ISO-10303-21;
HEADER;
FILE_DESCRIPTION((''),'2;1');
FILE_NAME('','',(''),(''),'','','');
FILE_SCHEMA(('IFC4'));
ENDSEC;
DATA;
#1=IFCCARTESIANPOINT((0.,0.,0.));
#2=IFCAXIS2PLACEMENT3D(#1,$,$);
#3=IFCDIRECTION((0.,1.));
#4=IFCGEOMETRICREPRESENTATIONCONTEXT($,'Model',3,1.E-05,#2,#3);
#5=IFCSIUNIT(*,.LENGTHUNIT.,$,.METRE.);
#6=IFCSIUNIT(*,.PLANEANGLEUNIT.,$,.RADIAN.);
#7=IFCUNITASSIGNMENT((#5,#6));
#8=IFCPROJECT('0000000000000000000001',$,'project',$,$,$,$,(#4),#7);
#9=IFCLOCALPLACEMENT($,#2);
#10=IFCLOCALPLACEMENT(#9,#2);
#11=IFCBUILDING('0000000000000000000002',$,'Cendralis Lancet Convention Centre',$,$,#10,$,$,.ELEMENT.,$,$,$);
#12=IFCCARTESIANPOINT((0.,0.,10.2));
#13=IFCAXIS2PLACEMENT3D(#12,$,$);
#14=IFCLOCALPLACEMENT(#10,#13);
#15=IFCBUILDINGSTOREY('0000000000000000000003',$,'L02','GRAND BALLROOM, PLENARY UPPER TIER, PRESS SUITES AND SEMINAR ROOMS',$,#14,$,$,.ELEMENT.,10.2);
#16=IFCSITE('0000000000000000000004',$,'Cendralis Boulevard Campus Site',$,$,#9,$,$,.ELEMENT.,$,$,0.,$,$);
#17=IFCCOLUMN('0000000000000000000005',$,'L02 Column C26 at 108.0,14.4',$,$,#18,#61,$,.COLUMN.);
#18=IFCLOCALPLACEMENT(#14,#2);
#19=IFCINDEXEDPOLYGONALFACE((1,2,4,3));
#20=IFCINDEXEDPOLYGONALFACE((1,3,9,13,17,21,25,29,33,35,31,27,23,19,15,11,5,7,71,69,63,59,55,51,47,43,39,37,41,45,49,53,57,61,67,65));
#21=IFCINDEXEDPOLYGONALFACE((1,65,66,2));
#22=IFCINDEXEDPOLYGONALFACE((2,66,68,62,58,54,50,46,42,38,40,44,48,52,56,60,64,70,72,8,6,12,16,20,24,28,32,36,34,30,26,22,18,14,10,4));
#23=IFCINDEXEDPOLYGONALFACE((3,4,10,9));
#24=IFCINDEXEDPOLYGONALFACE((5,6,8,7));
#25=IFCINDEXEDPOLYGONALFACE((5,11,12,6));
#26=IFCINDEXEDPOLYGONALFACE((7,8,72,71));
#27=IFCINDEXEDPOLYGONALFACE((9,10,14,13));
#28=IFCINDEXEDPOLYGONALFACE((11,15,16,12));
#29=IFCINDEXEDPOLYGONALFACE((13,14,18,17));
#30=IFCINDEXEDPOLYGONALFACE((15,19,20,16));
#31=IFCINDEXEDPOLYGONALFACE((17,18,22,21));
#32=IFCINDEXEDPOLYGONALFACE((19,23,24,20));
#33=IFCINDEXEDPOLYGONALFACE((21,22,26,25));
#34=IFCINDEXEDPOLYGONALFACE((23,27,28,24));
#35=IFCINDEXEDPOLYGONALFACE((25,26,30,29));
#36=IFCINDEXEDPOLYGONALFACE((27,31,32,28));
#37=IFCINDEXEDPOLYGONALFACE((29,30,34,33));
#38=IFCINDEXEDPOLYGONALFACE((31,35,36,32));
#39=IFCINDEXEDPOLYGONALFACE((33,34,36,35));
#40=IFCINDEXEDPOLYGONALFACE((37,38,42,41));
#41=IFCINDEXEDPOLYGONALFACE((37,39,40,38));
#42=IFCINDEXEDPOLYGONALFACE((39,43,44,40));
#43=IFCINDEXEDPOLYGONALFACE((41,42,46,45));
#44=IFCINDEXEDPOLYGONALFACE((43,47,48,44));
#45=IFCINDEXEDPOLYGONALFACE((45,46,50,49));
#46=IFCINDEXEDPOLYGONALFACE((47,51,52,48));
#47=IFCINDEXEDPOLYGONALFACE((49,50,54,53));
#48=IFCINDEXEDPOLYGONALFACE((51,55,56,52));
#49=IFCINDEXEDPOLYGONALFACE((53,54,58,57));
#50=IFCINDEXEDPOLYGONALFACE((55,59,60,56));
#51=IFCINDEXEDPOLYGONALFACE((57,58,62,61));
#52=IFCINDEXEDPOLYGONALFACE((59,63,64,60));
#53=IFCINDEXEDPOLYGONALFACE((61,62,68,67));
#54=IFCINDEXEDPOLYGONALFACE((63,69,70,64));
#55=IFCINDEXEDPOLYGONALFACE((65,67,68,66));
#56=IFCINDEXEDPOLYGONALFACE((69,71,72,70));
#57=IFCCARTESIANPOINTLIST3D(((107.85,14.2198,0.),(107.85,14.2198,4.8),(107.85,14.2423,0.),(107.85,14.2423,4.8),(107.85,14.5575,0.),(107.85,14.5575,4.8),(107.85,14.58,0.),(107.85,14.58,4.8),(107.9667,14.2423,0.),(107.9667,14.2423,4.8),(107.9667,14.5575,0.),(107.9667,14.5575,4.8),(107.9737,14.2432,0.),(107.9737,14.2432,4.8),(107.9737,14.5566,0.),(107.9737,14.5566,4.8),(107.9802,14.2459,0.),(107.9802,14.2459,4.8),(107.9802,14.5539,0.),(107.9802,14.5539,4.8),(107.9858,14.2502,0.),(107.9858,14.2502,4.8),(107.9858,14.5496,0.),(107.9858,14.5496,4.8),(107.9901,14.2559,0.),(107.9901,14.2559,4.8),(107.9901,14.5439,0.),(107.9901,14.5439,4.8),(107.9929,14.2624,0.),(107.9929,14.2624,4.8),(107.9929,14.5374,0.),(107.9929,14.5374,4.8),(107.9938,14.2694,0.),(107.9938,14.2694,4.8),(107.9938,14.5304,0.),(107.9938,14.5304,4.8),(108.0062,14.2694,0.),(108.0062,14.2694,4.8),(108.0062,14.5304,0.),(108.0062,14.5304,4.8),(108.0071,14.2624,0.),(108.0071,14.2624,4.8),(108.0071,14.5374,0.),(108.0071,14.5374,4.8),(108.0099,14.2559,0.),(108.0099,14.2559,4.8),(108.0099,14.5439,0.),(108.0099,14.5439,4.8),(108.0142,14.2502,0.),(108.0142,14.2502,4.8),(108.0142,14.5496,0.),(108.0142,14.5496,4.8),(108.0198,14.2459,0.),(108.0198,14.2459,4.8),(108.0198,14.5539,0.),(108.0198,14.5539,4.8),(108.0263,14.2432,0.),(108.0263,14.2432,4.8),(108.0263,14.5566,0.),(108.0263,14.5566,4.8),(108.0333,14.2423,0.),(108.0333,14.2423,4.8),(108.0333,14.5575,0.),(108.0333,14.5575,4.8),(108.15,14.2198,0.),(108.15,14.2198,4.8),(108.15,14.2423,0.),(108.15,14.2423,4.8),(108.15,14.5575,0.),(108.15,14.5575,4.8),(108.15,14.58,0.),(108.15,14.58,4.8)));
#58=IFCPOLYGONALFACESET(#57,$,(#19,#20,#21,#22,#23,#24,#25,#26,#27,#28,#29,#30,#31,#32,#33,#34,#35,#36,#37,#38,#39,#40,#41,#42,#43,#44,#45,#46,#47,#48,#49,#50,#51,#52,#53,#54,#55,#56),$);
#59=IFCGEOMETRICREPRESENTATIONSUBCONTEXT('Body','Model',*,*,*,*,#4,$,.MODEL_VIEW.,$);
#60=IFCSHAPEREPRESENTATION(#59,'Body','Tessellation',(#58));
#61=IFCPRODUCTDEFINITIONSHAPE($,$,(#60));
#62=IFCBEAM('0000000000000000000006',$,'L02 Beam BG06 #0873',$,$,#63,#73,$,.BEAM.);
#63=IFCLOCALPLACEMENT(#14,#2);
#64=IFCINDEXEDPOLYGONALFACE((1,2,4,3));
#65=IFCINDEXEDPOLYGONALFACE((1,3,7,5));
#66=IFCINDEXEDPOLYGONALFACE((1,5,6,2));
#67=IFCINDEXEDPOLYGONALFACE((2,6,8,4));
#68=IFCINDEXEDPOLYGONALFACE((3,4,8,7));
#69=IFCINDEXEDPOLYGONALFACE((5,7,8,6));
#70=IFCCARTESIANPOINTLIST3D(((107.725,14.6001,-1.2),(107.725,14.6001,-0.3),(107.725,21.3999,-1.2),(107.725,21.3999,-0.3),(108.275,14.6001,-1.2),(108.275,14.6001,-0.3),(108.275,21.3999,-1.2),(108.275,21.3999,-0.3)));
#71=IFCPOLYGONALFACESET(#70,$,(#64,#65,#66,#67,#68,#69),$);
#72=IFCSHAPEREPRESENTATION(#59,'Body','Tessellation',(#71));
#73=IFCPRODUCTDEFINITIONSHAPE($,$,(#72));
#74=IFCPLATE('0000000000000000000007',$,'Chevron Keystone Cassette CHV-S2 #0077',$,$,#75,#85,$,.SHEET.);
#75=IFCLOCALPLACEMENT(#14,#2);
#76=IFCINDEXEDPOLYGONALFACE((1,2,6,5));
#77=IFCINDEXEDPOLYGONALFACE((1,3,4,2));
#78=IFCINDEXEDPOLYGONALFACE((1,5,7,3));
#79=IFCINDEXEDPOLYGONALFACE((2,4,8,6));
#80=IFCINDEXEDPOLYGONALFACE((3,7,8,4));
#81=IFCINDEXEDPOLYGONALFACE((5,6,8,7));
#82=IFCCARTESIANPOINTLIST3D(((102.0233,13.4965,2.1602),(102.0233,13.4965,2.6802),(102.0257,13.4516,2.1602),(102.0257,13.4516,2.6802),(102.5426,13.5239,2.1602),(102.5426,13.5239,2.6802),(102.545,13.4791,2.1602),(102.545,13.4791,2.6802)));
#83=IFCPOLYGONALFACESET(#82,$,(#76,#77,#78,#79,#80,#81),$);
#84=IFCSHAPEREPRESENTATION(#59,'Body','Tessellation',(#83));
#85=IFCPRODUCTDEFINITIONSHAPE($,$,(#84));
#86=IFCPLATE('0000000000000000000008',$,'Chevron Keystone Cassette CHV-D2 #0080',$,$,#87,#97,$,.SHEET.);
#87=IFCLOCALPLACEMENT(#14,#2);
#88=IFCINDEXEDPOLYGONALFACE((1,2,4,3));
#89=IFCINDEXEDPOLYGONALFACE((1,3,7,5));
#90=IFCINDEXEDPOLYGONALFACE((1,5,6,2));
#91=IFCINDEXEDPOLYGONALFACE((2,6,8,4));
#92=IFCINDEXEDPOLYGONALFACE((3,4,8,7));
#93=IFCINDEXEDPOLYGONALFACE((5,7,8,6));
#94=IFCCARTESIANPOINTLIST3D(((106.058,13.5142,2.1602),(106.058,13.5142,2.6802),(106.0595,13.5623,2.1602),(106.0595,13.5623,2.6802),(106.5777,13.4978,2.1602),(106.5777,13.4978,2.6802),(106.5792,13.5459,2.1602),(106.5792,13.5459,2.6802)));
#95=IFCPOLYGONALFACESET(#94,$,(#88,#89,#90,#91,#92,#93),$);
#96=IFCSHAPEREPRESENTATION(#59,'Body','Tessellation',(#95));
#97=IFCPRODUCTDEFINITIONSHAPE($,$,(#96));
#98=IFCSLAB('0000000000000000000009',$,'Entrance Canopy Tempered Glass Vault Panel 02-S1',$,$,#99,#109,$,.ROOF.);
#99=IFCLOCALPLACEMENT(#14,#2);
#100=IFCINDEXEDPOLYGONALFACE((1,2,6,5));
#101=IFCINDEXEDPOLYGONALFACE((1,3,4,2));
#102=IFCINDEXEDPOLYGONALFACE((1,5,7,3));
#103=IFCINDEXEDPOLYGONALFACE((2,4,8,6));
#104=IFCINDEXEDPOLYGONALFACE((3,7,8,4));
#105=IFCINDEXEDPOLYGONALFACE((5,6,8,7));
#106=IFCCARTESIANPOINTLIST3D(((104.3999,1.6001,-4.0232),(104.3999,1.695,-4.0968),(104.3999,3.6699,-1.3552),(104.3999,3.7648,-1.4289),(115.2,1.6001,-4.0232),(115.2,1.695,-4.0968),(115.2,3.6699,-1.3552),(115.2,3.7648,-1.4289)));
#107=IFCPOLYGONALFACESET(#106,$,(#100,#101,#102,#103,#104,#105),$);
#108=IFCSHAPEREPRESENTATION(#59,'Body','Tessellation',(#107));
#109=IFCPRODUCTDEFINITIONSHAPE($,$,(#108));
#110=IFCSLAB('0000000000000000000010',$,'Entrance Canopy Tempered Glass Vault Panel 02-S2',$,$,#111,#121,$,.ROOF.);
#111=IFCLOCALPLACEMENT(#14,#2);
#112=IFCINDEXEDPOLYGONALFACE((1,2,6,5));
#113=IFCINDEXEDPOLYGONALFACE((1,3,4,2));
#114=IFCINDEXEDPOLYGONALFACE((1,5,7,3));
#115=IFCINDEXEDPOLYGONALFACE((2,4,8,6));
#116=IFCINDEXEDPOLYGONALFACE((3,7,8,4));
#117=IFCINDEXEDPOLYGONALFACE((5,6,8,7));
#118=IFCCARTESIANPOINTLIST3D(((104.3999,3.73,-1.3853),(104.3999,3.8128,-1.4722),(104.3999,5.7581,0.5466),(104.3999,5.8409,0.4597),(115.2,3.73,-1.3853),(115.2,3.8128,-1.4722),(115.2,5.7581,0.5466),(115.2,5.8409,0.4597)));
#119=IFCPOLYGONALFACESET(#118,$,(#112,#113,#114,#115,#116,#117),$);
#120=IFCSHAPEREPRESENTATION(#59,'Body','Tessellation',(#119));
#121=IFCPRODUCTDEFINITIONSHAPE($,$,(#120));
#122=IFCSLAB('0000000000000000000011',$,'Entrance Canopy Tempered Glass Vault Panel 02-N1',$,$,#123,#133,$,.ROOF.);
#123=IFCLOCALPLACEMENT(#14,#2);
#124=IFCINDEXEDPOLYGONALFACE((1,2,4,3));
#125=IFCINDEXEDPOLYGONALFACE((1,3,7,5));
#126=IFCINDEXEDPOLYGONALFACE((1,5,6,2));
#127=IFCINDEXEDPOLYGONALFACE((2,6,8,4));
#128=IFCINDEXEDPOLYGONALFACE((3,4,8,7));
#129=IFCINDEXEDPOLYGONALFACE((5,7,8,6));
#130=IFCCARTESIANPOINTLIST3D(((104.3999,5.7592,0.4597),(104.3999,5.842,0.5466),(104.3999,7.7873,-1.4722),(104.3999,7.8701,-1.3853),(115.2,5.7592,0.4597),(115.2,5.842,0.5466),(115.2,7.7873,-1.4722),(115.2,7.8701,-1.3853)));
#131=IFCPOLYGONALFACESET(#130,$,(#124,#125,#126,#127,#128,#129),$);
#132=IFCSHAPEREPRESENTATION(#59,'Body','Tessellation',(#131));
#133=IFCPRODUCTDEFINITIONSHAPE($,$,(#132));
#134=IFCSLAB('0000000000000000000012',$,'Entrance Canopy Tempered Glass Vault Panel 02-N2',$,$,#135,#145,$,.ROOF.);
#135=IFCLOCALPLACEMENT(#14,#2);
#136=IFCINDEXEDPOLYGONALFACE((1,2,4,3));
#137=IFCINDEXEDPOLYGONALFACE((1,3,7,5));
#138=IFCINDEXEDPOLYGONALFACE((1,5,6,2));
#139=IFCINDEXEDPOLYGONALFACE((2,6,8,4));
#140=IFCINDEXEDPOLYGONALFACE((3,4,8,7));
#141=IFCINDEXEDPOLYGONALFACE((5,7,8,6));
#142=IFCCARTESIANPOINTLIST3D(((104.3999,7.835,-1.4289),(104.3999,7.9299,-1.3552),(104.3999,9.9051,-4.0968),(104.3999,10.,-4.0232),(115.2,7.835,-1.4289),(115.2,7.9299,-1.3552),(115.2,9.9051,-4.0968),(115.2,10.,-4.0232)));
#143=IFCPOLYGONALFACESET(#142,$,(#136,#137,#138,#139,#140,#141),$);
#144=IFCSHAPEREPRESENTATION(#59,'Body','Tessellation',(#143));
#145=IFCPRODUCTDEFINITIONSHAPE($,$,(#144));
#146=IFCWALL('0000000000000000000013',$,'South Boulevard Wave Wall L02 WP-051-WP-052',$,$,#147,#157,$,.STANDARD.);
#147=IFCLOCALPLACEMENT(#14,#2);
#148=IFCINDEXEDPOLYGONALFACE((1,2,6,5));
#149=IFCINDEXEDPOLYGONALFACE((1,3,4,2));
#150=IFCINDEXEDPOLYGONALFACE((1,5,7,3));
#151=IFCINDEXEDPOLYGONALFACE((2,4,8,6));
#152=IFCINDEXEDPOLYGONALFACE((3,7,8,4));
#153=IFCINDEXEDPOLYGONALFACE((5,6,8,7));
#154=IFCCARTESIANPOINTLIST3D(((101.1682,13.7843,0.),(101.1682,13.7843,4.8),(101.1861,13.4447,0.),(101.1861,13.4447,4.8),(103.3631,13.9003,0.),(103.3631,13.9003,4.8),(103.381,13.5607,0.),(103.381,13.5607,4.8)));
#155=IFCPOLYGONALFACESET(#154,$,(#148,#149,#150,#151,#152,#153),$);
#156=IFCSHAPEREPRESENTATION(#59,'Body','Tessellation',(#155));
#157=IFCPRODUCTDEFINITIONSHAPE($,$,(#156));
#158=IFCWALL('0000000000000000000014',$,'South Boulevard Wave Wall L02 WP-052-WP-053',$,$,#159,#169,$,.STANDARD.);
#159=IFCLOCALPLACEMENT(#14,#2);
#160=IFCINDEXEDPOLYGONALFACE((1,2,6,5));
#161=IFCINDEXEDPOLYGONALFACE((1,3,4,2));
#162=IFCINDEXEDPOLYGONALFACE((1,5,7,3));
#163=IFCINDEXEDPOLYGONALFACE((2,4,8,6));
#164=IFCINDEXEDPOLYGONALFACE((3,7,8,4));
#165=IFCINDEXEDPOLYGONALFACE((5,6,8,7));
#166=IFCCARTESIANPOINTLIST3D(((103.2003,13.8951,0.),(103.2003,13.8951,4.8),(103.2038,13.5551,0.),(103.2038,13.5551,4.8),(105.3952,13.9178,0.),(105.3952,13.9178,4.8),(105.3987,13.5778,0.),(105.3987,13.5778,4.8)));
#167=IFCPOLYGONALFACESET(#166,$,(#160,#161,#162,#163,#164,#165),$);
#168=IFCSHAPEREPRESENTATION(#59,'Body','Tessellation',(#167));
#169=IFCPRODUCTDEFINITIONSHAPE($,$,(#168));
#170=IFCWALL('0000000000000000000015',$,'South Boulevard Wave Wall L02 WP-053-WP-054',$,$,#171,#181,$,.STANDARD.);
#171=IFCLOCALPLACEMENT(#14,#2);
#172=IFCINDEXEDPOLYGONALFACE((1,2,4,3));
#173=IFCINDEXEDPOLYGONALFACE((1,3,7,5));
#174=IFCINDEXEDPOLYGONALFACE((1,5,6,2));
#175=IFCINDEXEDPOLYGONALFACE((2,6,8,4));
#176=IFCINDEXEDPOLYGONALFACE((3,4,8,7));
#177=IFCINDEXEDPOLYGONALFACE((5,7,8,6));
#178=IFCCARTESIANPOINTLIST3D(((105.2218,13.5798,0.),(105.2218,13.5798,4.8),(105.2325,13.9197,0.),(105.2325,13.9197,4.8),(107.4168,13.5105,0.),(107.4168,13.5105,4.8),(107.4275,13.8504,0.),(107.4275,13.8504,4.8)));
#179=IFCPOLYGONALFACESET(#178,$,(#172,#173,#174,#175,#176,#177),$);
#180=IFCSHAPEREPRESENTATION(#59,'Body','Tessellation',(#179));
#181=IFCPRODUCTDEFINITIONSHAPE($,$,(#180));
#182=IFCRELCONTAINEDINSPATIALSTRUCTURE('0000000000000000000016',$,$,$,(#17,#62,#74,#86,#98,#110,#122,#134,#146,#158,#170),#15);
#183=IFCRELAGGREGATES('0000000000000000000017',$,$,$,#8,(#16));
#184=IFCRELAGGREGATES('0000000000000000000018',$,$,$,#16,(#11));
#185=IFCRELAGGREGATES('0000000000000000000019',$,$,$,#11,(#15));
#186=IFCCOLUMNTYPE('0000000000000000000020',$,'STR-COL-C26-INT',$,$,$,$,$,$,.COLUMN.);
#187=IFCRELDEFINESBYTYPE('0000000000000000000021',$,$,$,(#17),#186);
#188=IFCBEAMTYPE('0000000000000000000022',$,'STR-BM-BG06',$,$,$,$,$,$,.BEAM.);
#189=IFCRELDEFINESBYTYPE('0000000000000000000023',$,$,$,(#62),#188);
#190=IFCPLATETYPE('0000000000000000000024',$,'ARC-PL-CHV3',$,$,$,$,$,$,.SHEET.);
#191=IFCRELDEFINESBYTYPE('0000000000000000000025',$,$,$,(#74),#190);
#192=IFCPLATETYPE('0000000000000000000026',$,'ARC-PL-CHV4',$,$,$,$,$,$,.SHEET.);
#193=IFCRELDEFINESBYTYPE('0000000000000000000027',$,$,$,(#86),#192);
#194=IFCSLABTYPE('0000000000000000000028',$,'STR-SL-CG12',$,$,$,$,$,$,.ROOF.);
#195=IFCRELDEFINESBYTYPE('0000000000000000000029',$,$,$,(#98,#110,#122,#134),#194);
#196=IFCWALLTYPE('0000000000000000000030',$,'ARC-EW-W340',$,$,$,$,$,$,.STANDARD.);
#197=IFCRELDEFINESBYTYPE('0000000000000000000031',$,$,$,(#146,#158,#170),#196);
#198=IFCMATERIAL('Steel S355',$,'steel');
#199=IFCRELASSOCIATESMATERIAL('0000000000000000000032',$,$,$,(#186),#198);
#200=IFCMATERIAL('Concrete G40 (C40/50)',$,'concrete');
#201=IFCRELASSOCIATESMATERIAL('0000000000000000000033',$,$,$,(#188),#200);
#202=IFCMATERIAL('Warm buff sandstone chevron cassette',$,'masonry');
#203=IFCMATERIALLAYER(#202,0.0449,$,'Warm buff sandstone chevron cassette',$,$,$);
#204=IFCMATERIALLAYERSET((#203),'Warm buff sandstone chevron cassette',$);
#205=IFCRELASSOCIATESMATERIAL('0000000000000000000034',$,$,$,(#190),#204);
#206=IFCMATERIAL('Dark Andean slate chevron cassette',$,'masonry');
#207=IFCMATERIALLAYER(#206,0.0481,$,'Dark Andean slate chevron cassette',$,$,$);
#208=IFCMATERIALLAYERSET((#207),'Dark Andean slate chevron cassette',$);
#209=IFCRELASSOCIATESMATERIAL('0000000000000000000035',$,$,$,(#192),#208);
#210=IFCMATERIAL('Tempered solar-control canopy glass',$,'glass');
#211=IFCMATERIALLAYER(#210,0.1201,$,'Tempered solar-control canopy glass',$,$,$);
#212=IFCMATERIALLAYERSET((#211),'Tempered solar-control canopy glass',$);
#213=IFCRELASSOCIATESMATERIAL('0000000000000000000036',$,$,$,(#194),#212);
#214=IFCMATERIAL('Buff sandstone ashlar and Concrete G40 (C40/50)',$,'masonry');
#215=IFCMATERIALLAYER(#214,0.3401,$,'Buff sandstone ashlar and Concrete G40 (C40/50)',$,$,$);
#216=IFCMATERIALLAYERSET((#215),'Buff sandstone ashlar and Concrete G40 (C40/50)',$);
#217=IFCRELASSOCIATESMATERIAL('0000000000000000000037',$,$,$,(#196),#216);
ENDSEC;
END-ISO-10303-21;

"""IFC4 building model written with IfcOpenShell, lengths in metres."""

from ifc_helpers import new_model, si_unit, direction, frame, frame_2d, origin, origin_2d, place, context, subcontext, project, spatial, polyline, rectangle, i_section, outline, extrude, material, layer, layer_set, material_profile, profile_set, type_object, element, save


model = new_model("IFC4")

# Units and contexts
model_context = context("Model", 3, precision=1e-05, world=origin(), true_north=direction((0.0, 1.0)))
body_context = subcontext(model_context, "Body", "Model", "MODEL_VIEW")
ifc_project = project(units=[si_unit("LENGTHUNIT", "METRE"), si_unit("PLANEANGLEUNIT", "RADIAN")], contexts=[model_context])

# Site, building, storey
site_placement = place(None, origin())
site = spatial("IfcSite", under=ifc_project, at=site_placement, Name="Cendralis Boulevard Campus Site", CompositionType="ELEMENT", RefElevation=0.0)
building_placement = place(site_placement, origin())
building = spatial("IfcBuilding", under=site, at=building_placement, Name="Cendralis Lancet Convention Centre", CompositionType="ELEMENT")
storey_placement = place(building_placement, frame((0.0, 0.0, 10.2)))
storey = spatial("IfcBuildingStorey", under=building, at=storey_placement, Name="L02", Description="GRAND BALLROOM, PLENARY UPPER TIER, PRESS SUITES AND SEMINAR ROOMS", CompositionType="ELEMENT", Elevation=10.2)

# Column
ifc_material_1 = material(Name="Steel S355", Category="steel")
ifc_material_profile_1 = material_profile(ifc_material_1, i_section(OverallWidth=0.3, OverallDepth=0.3601, WebThickness=0.0125, FlangeThickness=0.0225, FilletRadius=0.0271, at=origin_2d()), Name="HEB 360")
ifc_profile_set_1 = profile_set([ifc_material_profile_1], Name="Steel S355")
column_type = type_object("IfcColumnType", Name="STR-COL-C26-INT", PredefinedType="COLUMN", material=ifc_profile_set_1)
column_placement = place(storey_placement, frame((108.0, 14.3999, 0.0), z_axis=(0.0, 0.0, 1.0), x_axis=(1.0, 0.0, 0.0)))
element("IfcColumn", 1, at=column_placement, inside=storey, type_object=column_type, Name="L02 Column C26 at 108.0,14.4", PredefinedType="COLUMN", context=body_context, shape_type="SweptSolid", body=[
    extrude(i_section(OverallWidth=0.3, OverallDepth=0.3601, WebThickness=0.0125, FlangeThickness=0.0225, FilletRadius=0.0271, at=origin_2d()), origin(), (0.0, 0.0, 1.0), 4.8),
])

# Beam
ifc_material_2 = material(Name="Concrete G40 (C40/50)", Category="concrete")
ifc_material_profile_2 = material_profile(ifc_material_2, rectangle(XDim=0.55, YDim=0.8999, at=origin_2d()), Name="RCB 550x900")
ifc_profile_set_2 = profile_set([ifc_material_profile_2], Name="Concrete G40 (C40/50)")
beam_type = type_object("IfcBeamType", Name="STR-BM-BG06", PredefinedType="BEAM", material=ifc_profile_set_2)
beam_placement = place(storey_placement, frame((108.0, 14.6001, -0.75), z_axis=(0.0, 1.0, 0.0), x_axis=(-1.0, 0.0, 0.0)))
element("IfcBeam", 2, at=beam_placement, inside=storey, type_object=beam_type, Name="L02 Beam BG06 #0873", PredefinedType="BEAM", context=body_context, shape_type="SweptSolid", body=[
    extrude(rectangle(XDim=0.55, YDim=0.8999, at=origin_2d()), origin(), (0.0, 0.0, 1.0), 6.7998),
])

# Plates
ifc_material_3 = material(Name="Warm buff sandstone chevron cassette", Category="masonry")
ifc_layer_1 = layer(ifc_material_3, 0.0449, Name="Warm buff sandstone chevron cassette")
ifc_layer_set_1 = layer_set([ifc_layer_1], Name="Warm buff sandstone chevron cassette")
plate_type_1 = type_object("IfcPlateType", Name="ARC-PL-CHV3", PredefinedType="SHEET", material=ifc_layer_set_1)
plate_1_placement = place(storey_placement, frame((102.2842, 13.4878, 2.1602), z_axis=(0.0, 0.0, 1.0), x_axis=(0.998607, 0.052772, 0.0)))
element("IfcPlate", 3, at=plate_1_placement, inside=storey, type_object=plate_type_1, Name="Chevron Keystone Cassette CHV-S2 #0077", PredefinedType="SHEET", context=body_context, shape_type="SweptSolid", body=[
    extrude(rectangle(XDim=0.52, YDim=0.0449, at=origin_2d()), origin(), (0.0, 0.0, 1.0), 0.52),
])
ifc_material_4 = material(Name="Dark Andean slate chevron cassette", Category="masonry")
ifc_layer_2 = layer(ifc_material_4, 0.0481, Name="Dark Andean slate chevron cassette")
ifc_layer_set_2 = layer_set([ifc_layer_2], Name="Dark Andean slate chevron cassette")
plate_type_2 = type_object("IfcPlateType", Name="ARC-PL-CHV4", PredefinedType="SHEET", material=ifc_layer_set_2)
plate_2_placement = place(storey_placement, frame((106.3186, 13.53, 2.1602), z_axis=(0.0, 0.0, 1.0), x_axis=(0.999501, -0.031585, 0.0)))
element("IfcPlate", 4, at=plate_2_placement, inside=storey, type_object=plate_type_2, Name="Chevron Keystone Cassette CHV-D2 #0080", PredefinedType="SHEET", context=body_context, shape_type="SweptSolid", body=[
    extrude(rectangle(XDim=0.52, YDim=0.0481, at=origin_2d()), origin(), (0.0, 0.0, 1.0), 0.52),
])

# Slabs
ifc_material_5 = material(Name="Tempered solar-control canopy glass", Category="glass")
ifc_layer_3 = layer(ifc_material_5, 0.1201, Name="Tempered solar-control canopy glass")
ifc_layer_set_3 = layer_set([ifc_layer_3], Name="Tempered solar-control canopy glass")
slab_type = type_object("IfcSlabType", Name="STR-SL-CG12", PredefinedType="ROOF", material=ifc_layer_set_3)
slab_1_placement = place(storey_placement, frame((104.3999, 1.6001, -4.0232), z_axis=(0.0, -0.790107, 0.612969), x_axis=(1.0, 0.0, 0.0)))
element("IfcSlab", 5, at=slab_1_placement, inside=storey, type_object=slab_type, Name="Entrance Canopy Tempered Glass Vault Panel 02-S1", PredefinedType="ROOF", context=body_context, shape_type="SweptSolid", body=[
    extrude(outline(polyline([(0.0, 0.0), (10.8, 0.0), (10.8, 3.3767), (0.0, 3.3767), (0.0, 0.0)])), origin(), (0.0, 0.0, -1.0), 0.1201),
])
for number, where, z_axis, x_axis, name in (
    (6, (104.3999, 3.73, -1.3853), (0.0, -0.689727, 0.72407), (1.0, 0.0, 0.0), "Entrance Canopy Tempered Glass Vault Panel 02-S2"),
    (7, (104.3999, 5.842, 0.5466), (0.0, 0.689727, 0.72407), (1.0, 0.0, 0.0), "Entrance Canopy Tempered Glass Vault Panel 02-N1"),
):
    element("IfcSlab", number, at=place(storey_placement, frame(where, z_axis=z_axis, x_axis=x_axis)), inside=storey, type_object=slab_type, Name=name, PredefinedType="ROOF", context=body_context, shape_type="SweptSolid", body=[
        extrude(outline(polyline([(0.0, 0.0), (10.8, 0.0), (10.8, 2.8009), (0.0, 2.8009), (0.0, 0.0)])), origin(), (0.0, 0.0, -1.0), 0.1201),
    ])
slab_2_placement = place(storey_placement, frame((104.3999, 7.9299, -1.3552), z_axis=(0.0, 0.790072, 0.613014), x_axis=(1.0, 0.0, 0.0)))
element("IfcSlab", 8, at=slab_2_placement, inside=storey, type_object=slab_type, Name="Entrance Canopy Tempered Glass Vault Panel 02-N2", PredefinedType="ROOF", context=body_context, shape_type="SweptSolid", body=[
    extrude(outline(polyline([(0.0, 0.0), (10.8, 0.0), (10.8, 3.3769), (0.0, 3.3769), (0.0, 0.0)])), origin(), (0.0, 0.0, -1.0), 0.1201),
])

# Walls
ifc_material_6 = material(Name="Buff sandstone ashlar and Concrete G40 (C40/50)", Category="masonry")
ifc_layer_4 = layer(ifc_material_6, 0.3401, Name="Buff sandstone ashlar and Concrete G40 (C40/50)")
ifc_layer_set_4 = layer_set([ifc_layer_4], Name="Buff sandstone ashlar and Concrete G40 (C40/50)")
wall_type = type_object("IfcWallType", Name="ARC-EW-W340", PredefinedType="STANDARD", material=ifc_layer_set_4)
wall_1_placement = place(storey_placement, frame((101.177, 13.6145, 0.0), z_axis=(0.0, 0.0, 1.0), x_axis=(0.998607, 0.052763, 0.0)))
element("IfcWall", 9, at=wall_1_placement, inside=storey, type_object=wall_type, Name="South Boulevard Wave Wall L02 WP-051-WP-052", PredefinedType="STANDARD", context=body_context, shape_type="SweptSolid", body=[
    extrude(rectangle(XDim=2.198, YDim=0.3401, at=frame_2d((1.0991, 0.0))), origin(), (0.0, 0.0, 1.0), 4.8),
])
wall_2_placement = place(storey_placement, frame((103.2019, 13.7251, 0.0), z_axis=(0.0, 0.0, 1.0), x_axis=(0.999947, 0.010343, 0.0)))
element("IfcWall", 10, at=wall_2_placement, inside=storey, type_object=wall_type, Name="South Boulevard Wave Wall L02 WP-052-WP-053", PredefinedType="STANDARD", context=body_context, shape_type="SweptSolid", body=[
    extrude(rectangle(XDim=2.1951, YDim=0.3401, at=frame_2d((1.0977, 0.0))), origin(), (0.0, 0.0, 1.0), 4.8),
])
wall_3_placement = place(storey_placement, frame((105.2271, 13.7498, 0.0), z_axis=(0.0, 0.0, 1.0), x_axis=(0.999501, -0.031571, 0.0)))
element("IfcWall", 11, at=wall_3_placement, inside=storey, type_object=wall_type, Name="South Boulevard Wave Wall L02 WP-053-WP-054", PredefinedType="STANDARD", context=body_context, shape_type="SweptSolid", body=[
    extrude(rectangle(XDim=2.196, YDim=0.3401, at=frame_2d((1.0981, 0.0))), origin(), (0.0, 0.0, 1.0), 4.8),
])

save(model, "model.ifc")
